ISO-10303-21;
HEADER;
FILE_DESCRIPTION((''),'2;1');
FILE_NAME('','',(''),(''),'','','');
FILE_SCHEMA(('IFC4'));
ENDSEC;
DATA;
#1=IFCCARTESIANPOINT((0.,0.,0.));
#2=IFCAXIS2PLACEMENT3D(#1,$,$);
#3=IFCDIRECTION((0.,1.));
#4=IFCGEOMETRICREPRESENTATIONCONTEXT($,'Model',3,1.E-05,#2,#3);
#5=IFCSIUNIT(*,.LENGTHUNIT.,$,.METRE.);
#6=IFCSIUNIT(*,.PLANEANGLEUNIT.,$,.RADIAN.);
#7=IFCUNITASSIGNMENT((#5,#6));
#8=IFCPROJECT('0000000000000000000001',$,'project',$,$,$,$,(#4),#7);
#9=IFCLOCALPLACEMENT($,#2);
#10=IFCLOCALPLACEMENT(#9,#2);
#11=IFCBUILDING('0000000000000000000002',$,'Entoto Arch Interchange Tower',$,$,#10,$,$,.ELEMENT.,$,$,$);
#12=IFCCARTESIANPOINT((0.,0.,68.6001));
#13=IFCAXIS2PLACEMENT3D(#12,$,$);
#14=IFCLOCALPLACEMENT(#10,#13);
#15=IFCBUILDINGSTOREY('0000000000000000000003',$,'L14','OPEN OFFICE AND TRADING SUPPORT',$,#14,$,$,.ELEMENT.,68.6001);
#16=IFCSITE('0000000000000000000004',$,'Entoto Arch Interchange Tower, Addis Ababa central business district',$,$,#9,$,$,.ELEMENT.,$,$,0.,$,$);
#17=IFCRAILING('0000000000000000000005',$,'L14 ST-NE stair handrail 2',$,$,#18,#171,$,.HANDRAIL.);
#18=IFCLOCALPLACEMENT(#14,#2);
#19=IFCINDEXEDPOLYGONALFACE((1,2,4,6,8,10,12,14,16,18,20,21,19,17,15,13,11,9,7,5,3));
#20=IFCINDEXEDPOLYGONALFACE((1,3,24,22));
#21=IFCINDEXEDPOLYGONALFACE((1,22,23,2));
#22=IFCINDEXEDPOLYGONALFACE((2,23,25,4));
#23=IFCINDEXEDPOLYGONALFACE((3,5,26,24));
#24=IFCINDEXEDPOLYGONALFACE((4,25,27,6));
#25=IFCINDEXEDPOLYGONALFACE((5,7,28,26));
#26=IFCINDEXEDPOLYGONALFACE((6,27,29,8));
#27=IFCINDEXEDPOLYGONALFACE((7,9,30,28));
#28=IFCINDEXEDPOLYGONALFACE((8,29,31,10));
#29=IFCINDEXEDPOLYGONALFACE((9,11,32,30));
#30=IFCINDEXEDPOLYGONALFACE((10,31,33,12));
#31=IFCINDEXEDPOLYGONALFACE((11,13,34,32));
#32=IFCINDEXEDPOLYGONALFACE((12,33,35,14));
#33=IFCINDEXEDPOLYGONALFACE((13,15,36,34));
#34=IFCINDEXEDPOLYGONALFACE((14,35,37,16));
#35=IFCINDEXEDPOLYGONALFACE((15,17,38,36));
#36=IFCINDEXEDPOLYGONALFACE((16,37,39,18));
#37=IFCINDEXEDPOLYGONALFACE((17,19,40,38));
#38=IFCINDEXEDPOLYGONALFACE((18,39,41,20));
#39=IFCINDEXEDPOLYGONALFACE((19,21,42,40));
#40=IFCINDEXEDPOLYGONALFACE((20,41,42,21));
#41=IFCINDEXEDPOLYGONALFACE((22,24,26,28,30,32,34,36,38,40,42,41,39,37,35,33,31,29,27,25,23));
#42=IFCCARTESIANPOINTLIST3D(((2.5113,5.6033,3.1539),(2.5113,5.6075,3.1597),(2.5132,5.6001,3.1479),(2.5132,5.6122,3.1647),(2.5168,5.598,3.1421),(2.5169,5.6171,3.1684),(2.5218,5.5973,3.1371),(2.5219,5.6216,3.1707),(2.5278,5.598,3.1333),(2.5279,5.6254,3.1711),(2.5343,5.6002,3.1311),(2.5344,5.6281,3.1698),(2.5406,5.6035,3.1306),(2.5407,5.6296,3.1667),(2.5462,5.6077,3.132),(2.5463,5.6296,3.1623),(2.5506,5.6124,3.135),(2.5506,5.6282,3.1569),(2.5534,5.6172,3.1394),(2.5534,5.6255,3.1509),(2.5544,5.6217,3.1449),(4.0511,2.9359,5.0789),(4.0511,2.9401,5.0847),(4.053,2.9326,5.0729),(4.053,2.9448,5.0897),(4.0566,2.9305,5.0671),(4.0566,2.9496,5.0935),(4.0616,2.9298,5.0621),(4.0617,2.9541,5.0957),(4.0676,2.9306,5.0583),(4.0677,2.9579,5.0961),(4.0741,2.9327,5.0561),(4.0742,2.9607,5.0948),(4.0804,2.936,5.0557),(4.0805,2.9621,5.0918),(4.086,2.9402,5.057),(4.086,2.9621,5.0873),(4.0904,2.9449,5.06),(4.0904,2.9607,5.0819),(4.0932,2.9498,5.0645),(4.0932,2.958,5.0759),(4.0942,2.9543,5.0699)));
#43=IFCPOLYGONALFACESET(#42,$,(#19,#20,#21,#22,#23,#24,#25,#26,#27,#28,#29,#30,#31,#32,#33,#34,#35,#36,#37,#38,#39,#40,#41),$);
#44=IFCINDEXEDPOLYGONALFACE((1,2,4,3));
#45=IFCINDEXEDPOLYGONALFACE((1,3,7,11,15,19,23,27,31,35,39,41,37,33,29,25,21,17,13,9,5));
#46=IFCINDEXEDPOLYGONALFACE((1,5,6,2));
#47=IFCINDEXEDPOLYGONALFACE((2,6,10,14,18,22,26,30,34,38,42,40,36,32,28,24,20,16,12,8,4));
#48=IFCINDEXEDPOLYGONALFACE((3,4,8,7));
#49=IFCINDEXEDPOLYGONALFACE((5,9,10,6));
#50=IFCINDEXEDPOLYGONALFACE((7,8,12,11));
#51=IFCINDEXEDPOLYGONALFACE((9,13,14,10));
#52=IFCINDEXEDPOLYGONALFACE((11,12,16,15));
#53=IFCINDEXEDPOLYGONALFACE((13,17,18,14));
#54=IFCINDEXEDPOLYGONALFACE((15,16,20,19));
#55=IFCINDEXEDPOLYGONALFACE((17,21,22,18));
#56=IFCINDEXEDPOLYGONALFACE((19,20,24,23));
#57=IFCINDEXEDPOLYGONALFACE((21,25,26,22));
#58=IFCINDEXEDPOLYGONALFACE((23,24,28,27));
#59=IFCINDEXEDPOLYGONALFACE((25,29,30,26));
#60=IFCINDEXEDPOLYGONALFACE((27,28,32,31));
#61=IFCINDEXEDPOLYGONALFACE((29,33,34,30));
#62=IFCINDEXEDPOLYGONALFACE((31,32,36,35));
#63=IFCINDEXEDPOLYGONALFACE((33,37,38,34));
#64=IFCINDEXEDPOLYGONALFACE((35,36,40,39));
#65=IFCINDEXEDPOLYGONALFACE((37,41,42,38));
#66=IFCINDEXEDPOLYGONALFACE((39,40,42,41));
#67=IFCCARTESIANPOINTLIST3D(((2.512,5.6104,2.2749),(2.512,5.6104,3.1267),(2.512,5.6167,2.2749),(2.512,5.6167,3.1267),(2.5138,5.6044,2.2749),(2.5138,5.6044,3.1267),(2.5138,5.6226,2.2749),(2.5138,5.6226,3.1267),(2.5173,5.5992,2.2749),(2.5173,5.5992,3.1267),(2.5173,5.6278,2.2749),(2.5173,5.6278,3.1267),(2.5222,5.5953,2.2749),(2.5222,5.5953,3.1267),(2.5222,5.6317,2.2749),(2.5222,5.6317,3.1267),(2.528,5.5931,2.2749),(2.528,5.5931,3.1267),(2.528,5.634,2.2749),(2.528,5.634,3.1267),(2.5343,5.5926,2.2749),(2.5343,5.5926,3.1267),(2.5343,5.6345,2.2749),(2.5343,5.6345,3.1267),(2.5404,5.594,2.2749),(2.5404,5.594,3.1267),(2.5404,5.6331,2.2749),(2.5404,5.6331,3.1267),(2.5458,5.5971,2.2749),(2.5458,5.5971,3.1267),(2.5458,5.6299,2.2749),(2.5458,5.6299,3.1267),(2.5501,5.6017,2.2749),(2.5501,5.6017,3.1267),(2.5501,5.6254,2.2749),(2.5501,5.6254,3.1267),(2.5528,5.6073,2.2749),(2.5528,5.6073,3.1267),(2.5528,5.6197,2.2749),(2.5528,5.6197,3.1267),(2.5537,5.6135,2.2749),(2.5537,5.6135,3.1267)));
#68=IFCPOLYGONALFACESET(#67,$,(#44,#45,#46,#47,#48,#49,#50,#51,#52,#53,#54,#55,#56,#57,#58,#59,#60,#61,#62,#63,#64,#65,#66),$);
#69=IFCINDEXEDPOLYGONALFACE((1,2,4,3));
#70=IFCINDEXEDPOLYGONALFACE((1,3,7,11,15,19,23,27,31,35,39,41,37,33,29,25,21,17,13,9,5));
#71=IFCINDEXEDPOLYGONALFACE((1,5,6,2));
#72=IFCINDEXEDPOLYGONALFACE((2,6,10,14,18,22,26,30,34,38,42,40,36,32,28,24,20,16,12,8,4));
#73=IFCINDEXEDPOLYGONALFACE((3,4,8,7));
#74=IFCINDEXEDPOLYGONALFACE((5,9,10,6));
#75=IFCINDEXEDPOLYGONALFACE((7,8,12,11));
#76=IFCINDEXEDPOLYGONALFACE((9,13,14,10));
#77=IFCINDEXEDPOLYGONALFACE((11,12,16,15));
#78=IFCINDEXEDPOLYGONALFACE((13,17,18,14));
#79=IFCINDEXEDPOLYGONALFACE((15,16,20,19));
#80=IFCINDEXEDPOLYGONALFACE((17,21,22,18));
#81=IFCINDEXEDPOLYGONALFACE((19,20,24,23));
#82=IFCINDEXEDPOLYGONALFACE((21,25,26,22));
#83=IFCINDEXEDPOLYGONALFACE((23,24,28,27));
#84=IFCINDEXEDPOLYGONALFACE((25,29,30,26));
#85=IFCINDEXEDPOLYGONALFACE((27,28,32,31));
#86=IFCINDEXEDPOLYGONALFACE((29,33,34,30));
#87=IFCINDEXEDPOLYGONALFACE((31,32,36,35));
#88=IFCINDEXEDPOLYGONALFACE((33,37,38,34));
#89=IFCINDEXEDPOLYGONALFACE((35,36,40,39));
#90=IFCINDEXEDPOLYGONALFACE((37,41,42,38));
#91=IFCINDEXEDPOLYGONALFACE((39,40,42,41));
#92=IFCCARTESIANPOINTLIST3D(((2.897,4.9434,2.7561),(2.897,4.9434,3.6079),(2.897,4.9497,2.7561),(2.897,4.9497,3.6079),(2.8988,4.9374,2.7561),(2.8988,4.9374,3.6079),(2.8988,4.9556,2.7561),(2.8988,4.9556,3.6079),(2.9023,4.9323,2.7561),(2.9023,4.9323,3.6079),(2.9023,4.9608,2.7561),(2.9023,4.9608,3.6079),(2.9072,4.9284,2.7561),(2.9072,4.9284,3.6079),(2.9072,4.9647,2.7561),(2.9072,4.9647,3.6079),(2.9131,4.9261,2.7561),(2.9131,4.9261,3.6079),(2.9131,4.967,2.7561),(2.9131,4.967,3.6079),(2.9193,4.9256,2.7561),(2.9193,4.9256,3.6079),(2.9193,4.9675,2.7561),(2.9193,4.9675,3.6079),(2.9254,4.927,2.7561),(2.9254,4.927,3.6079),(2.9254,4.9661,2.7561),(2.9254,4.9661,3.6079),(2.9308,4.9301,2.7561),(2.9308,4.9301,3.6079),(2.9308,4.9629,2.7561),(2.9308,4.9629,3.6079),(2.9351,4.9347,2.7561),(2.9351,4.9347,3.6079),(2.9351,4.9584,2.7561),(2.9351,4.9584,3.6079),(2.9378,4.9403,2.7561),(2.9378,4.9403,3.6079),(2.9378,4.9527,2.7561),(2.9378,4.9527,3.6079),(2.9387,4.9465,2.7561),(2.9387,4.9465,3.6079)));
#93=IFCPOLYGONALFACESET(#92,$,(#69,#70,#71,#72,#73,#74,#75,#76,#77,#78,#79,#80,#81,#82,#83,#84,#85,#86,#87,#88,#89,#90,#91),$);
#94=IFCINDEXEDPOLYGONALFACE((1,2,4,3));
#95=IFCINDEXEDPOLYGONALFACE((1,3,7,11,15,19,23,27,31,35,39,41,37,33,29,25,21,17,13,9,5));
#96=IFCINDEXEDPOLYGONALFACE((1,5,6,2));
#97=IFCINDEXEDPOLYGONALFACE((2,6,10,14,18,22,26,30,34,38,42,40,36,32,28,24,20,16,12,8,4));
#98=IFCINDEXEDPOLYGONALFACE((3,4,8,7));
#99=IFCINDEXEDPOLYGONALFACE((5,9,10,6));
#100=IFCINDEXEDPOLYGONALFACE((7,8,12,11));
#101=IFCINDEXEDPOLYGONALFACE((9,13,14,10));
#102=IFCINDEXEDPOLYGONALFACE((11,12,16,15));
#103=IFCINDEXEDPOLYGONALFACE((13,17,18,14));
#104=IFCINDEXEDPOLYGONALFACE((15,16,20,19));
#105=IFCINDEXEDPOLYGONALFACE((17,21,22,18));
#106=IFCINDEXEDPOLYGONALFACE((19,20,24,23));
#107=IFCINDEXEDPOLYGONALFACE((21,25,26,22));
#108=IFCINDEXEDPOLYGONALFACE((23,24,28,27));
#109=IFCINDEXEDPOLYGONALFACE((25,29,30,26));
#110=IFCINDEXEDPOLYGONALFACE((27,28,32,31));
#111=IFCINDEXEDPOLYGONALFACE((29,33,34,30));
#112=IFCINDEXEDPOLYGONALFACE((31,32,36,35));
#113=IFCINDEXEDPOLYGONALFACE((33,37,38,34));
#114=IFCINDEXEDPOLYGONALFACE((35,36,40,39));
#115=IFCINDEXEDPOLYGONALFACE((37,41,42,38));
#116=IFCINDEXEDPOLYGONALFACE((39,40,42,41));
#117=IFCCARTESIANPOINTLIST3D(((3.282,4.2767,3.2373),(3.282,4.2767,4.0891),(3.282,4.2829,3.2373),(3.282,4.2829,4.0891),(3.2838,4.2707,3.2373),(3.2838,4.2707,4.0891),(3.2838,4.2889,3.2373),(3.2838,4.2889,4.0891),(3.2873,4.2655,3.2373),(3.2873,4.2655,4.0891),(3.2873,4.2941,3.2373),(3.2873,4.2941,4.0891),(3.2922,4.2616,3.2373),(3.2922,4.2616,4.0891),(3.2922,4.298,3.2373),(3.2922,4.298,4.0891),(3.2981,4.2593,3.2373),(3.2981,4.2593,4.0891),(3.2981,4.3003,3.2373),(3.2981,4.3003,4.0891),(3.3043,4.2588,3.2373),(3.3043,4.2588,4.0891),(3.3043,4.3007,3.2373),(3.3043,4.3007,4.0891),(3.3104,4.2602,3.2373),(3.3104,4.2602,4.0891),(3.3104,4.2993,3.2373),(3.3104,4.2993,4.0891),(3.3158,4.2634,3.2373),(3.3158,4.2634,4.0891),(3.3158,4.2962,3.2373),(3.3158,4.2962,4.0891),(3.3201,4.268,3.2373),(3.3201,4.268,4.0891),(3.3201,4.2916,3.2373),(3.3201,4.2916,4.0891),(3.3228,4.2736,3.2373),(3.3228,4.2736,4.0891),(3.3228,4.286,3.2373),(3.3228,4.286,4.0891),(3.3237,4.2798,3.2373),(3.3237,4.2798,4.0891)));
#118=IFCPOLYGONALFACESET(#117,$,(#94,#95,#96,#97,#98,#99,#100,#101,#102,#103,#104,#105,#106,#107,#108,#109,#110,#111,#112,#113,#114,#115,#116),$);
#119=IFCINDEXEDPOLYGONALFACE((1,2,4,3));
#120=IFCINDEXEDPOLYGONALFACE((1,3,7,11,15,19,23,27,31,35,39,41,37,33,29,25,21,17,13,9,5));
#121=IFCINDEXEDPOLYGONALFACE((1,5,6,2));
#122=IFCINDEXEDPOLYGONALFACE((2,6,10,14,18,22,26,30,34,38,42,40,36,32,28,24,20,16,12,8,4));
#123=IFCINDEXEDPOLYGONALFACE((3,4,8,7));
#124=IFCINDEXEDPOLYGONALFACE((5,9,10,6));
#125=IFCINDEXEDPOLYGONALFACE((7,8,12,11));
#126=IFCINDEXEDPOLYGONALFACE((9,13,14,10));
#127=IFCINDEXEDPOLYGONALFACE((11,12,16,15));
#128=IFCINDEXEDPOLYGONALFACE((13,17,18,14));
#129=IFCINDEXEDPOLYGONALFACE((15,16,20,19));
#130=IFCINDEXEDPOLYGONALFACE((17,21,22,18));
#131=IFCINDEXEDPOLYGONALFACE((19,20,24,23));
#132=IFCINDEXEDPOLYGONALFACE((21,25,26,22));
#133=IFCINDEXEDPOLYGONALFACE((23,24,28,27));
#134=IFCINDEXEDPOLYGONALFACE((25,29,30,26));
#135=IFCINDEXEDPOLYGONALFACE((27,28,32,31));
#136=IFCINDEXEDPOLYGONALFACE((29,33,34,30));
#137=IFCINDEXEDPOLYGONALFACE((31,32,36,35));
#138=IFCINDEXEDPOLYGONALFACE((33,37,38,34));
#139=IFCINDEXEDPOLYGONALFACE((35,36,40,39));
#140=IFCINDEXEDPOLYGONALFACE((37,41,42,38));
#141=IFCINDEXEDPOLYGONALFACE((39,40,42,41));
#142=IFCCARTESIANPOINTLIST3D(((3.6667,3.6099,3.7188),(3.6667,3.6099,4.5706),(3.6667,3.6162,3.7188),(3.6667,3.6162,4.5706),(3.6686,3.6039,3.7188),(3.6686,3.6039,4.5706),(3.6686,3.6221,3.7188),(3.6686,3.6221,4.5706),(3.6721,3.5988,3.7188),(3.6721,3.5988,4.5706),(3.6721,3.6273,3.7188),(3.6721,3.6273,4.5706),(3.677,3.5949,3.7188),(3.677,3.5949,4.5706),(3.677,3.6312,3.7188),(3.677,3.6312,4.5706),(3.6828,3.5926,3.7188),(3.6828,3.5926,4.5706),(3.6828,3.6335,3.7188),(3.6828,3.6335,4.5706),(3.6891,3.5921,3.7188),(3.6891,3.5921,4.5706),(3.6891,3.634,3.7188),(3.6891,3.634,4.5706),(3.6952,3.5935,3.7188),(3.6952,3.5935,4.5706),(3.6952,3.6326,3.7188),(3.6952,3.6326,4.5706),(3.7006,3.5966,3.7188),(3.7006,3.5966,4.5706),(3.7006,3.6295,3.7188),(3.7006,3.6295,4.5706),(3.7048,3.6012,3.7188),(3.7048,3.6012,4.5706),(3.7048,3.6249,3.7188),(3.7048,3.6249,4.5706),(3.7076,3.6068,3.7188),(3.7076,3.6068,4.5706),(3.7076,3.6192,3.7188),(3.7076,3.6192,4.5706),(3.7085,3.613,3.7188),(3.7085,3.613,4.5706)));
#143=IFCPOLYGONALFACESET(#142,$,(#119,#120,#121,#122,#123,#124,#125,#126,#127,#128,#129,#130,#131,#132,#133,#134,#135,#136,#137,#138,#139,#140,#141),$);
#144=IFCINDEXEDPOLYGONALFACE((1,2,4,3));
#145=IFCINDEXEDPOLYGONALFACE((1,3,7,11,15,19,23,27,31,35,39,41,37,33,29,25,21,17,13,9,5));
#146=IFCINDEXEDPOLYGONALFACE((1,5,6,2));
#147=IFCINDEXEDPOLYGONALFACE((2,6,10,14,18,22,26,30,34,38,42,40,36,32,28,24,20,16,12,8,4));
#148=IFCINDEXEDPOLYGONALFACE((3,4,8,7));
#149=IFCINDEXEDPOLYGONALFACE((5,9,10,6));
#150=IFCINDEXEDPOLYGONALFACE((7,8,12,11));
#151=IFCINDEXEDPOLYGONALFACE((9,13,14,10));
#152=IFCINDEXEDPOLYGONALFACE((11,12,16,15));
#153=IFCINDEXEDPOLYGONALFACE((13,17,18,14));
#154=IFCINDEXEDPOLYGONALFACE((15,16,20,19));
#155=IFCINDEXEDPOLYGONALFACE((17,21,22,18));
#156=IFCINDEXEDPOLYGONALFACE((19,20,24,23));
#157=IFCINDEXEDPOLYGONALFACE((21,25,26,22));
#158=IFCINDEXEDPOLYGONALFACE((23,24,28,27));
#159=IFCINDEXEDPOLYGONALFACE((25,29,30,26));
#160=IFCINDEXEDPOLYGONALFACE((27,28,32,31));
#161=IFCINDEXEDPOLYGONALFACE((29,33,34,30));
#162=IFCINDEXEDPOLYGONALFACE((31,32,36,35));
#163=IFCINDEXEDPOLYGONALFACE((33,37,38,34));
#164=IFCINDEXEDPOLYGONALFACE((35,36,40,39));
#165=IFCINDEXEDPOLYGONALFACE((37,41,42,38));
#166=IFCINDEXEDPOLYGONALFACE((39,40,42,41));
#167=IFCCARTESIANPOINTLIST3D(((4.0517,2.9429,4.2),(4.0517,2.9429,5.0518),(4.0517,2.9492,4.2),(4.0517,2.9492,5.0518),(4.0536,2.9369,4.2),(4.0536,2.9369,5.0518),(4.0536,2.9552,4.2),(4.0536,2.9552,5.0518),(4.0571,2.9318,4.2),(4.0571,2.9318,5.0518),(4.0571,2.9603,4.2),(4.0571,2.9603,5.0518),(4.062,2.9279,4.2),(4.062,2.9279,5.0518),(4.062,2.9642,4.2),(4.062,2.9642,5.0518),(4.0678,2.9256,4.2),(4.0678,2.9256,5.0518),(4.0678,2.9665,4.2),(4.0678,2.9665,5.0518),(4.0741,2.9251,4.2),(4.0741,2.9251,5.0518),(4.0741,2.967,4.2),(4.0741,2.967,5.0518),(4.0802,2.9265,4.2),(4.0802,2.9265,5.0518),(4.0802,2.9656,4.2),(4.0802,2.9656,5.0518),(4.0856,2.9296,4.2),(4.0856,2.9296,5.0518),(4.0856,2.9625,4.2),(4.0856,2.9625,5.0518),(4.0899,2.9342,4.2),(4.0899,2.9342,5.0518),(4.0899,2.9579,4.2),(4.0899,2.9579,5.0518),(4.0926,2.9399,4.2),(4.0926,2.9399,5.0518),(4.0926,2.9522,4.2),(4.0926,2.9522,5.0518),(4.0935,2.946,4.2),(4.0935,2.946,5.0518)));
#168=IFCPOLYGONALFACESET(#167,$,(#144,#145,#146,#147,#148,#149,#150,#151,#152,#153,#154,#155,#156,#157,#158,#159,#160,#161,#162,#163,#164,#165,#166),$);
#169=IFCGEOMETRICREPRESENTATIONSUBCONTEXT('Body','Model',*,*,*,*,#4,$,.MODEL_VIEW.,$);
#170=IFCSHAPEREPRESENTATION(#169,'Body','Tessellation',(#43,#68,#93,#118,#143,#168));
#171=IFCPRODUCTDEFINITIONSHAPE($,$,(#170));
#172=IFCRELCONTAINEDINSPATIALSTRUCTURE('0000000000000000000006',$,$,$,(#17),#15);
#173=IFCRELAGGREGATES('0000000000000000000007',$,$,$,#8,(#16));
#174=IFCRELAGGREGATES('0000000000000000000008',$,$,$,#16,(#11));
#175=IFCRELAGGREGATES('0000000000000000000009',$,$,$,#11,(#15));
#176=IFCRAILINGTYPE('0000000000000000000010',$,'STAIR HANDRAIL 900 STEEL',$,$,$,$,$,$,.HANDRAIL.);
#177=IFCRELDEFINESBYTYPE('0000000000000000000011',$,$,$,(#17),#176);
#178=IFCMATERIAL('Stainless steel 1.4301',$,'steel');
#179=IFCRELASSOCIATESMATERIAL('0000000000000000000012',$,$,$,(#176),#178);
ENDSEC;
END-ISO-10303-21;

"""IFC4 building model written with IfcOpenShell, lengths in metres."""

from ifc_helpers import new_model, si_unit, direction, frame, origin, origin_2d, place, context, subcontext, project, spatial, circle, extrude, material, type_object, element, save


model = new_model("IFC4")

# Units and contexts
model_context = context("Model", 3, precision=1e-05, world=origin(), true_north=direction((0.0, 1.0)))
body_context = subcontext(model_context, "Body", "Model", "MODEL_VIEW")
ifc_project = project(units=[si_unit("LENGTHUNIT", "METRE"), si_unit("PLANEANGLEUNIT", "RADIAN")], contexts=[model_context])

# Site, building, storey
site_placement = place(None, origin())
site = spatial("IfcSite", under=ifc_project, at=site_placement, Name="Entoto Arch Interchange Tower, Addis Ababa central business district", CompositionType="ELEMENT", RefElevation=0.0)
building_placement = place(site_placement, origin())
building = spatial("IfcBuilding", under=site, at=building_placement, Name="Entoto Arch Interchange Tower", CompositionType="ELEMENT")
storey_placement = place(building_placement, frame((0.0, 0.0, 68.6001)))
storey = spatial("IfcBuildingStorey", under=building, at=storey_placement, Name="L14", Description="OPEN OFFICE AND TRADING SUPPORT", CompositionType="ELEMENT", Elevation=68.6001)

# Railing
ifc_material_1 = material(Name="Stainless steel 1.4301", Category="steel")
railing_type_1 = type_object("IfcRailingType", Name="STAIR HANDRAIL 900 STEEL", PredefinedType="HANDRAIL", material=ifc_material_1)
railing_1_placement = place(storey_placement, frame((2.5327, 5.6135, 2.2749)))
element("IfcRailing", 1, at=railing_1_placement, inside=storey, type_object=railing_type_1, Name="L14 ST-NE stair handrail 2", PredefinedType="HANDRAIL", context=body_context, shape_type="SweptSolid", body=[
    extrude(circle(Radius=0.0239, at=origin_2d()), frame((0.0, 0.0, 0.876), z_axis=(0.423939, -0.734416, 0.530008), x_axis=(0.866064, 0.499933, 0.0)), (0.0, 0.0, 1.0), 3.6321),
    extrude(circle(Radius=0.021, at=origin_2d()), origin(), (0.0, 0.0, 1.0), 0.8518),
    extrude(circle(Radius=0.021, at=origin_2d()), frame((0.385, -0.667, 0.4812)), (0.0, 0.0, 1.0), 0.8518),
    extrude(circle(Radius=0.021, at=origin_2d()), frame((0.77, -1.3337, 0.9624)), (0.0, 0.0, 1.0), 0.8518),
    extrude(circle(Radius=0.021, at=origin_2d()), frame((1.1548, -2.0005, 1.4438)), (0.0, 0.0, 1.0), 0.8518),
    extrude(circle(Radius=0.021, at=origin_2d()), frame((1.5398, -2.6675, 1.925)), (0.0, 0.0, 1.0), 0.8518),
])

save(model, "model.ifc")
